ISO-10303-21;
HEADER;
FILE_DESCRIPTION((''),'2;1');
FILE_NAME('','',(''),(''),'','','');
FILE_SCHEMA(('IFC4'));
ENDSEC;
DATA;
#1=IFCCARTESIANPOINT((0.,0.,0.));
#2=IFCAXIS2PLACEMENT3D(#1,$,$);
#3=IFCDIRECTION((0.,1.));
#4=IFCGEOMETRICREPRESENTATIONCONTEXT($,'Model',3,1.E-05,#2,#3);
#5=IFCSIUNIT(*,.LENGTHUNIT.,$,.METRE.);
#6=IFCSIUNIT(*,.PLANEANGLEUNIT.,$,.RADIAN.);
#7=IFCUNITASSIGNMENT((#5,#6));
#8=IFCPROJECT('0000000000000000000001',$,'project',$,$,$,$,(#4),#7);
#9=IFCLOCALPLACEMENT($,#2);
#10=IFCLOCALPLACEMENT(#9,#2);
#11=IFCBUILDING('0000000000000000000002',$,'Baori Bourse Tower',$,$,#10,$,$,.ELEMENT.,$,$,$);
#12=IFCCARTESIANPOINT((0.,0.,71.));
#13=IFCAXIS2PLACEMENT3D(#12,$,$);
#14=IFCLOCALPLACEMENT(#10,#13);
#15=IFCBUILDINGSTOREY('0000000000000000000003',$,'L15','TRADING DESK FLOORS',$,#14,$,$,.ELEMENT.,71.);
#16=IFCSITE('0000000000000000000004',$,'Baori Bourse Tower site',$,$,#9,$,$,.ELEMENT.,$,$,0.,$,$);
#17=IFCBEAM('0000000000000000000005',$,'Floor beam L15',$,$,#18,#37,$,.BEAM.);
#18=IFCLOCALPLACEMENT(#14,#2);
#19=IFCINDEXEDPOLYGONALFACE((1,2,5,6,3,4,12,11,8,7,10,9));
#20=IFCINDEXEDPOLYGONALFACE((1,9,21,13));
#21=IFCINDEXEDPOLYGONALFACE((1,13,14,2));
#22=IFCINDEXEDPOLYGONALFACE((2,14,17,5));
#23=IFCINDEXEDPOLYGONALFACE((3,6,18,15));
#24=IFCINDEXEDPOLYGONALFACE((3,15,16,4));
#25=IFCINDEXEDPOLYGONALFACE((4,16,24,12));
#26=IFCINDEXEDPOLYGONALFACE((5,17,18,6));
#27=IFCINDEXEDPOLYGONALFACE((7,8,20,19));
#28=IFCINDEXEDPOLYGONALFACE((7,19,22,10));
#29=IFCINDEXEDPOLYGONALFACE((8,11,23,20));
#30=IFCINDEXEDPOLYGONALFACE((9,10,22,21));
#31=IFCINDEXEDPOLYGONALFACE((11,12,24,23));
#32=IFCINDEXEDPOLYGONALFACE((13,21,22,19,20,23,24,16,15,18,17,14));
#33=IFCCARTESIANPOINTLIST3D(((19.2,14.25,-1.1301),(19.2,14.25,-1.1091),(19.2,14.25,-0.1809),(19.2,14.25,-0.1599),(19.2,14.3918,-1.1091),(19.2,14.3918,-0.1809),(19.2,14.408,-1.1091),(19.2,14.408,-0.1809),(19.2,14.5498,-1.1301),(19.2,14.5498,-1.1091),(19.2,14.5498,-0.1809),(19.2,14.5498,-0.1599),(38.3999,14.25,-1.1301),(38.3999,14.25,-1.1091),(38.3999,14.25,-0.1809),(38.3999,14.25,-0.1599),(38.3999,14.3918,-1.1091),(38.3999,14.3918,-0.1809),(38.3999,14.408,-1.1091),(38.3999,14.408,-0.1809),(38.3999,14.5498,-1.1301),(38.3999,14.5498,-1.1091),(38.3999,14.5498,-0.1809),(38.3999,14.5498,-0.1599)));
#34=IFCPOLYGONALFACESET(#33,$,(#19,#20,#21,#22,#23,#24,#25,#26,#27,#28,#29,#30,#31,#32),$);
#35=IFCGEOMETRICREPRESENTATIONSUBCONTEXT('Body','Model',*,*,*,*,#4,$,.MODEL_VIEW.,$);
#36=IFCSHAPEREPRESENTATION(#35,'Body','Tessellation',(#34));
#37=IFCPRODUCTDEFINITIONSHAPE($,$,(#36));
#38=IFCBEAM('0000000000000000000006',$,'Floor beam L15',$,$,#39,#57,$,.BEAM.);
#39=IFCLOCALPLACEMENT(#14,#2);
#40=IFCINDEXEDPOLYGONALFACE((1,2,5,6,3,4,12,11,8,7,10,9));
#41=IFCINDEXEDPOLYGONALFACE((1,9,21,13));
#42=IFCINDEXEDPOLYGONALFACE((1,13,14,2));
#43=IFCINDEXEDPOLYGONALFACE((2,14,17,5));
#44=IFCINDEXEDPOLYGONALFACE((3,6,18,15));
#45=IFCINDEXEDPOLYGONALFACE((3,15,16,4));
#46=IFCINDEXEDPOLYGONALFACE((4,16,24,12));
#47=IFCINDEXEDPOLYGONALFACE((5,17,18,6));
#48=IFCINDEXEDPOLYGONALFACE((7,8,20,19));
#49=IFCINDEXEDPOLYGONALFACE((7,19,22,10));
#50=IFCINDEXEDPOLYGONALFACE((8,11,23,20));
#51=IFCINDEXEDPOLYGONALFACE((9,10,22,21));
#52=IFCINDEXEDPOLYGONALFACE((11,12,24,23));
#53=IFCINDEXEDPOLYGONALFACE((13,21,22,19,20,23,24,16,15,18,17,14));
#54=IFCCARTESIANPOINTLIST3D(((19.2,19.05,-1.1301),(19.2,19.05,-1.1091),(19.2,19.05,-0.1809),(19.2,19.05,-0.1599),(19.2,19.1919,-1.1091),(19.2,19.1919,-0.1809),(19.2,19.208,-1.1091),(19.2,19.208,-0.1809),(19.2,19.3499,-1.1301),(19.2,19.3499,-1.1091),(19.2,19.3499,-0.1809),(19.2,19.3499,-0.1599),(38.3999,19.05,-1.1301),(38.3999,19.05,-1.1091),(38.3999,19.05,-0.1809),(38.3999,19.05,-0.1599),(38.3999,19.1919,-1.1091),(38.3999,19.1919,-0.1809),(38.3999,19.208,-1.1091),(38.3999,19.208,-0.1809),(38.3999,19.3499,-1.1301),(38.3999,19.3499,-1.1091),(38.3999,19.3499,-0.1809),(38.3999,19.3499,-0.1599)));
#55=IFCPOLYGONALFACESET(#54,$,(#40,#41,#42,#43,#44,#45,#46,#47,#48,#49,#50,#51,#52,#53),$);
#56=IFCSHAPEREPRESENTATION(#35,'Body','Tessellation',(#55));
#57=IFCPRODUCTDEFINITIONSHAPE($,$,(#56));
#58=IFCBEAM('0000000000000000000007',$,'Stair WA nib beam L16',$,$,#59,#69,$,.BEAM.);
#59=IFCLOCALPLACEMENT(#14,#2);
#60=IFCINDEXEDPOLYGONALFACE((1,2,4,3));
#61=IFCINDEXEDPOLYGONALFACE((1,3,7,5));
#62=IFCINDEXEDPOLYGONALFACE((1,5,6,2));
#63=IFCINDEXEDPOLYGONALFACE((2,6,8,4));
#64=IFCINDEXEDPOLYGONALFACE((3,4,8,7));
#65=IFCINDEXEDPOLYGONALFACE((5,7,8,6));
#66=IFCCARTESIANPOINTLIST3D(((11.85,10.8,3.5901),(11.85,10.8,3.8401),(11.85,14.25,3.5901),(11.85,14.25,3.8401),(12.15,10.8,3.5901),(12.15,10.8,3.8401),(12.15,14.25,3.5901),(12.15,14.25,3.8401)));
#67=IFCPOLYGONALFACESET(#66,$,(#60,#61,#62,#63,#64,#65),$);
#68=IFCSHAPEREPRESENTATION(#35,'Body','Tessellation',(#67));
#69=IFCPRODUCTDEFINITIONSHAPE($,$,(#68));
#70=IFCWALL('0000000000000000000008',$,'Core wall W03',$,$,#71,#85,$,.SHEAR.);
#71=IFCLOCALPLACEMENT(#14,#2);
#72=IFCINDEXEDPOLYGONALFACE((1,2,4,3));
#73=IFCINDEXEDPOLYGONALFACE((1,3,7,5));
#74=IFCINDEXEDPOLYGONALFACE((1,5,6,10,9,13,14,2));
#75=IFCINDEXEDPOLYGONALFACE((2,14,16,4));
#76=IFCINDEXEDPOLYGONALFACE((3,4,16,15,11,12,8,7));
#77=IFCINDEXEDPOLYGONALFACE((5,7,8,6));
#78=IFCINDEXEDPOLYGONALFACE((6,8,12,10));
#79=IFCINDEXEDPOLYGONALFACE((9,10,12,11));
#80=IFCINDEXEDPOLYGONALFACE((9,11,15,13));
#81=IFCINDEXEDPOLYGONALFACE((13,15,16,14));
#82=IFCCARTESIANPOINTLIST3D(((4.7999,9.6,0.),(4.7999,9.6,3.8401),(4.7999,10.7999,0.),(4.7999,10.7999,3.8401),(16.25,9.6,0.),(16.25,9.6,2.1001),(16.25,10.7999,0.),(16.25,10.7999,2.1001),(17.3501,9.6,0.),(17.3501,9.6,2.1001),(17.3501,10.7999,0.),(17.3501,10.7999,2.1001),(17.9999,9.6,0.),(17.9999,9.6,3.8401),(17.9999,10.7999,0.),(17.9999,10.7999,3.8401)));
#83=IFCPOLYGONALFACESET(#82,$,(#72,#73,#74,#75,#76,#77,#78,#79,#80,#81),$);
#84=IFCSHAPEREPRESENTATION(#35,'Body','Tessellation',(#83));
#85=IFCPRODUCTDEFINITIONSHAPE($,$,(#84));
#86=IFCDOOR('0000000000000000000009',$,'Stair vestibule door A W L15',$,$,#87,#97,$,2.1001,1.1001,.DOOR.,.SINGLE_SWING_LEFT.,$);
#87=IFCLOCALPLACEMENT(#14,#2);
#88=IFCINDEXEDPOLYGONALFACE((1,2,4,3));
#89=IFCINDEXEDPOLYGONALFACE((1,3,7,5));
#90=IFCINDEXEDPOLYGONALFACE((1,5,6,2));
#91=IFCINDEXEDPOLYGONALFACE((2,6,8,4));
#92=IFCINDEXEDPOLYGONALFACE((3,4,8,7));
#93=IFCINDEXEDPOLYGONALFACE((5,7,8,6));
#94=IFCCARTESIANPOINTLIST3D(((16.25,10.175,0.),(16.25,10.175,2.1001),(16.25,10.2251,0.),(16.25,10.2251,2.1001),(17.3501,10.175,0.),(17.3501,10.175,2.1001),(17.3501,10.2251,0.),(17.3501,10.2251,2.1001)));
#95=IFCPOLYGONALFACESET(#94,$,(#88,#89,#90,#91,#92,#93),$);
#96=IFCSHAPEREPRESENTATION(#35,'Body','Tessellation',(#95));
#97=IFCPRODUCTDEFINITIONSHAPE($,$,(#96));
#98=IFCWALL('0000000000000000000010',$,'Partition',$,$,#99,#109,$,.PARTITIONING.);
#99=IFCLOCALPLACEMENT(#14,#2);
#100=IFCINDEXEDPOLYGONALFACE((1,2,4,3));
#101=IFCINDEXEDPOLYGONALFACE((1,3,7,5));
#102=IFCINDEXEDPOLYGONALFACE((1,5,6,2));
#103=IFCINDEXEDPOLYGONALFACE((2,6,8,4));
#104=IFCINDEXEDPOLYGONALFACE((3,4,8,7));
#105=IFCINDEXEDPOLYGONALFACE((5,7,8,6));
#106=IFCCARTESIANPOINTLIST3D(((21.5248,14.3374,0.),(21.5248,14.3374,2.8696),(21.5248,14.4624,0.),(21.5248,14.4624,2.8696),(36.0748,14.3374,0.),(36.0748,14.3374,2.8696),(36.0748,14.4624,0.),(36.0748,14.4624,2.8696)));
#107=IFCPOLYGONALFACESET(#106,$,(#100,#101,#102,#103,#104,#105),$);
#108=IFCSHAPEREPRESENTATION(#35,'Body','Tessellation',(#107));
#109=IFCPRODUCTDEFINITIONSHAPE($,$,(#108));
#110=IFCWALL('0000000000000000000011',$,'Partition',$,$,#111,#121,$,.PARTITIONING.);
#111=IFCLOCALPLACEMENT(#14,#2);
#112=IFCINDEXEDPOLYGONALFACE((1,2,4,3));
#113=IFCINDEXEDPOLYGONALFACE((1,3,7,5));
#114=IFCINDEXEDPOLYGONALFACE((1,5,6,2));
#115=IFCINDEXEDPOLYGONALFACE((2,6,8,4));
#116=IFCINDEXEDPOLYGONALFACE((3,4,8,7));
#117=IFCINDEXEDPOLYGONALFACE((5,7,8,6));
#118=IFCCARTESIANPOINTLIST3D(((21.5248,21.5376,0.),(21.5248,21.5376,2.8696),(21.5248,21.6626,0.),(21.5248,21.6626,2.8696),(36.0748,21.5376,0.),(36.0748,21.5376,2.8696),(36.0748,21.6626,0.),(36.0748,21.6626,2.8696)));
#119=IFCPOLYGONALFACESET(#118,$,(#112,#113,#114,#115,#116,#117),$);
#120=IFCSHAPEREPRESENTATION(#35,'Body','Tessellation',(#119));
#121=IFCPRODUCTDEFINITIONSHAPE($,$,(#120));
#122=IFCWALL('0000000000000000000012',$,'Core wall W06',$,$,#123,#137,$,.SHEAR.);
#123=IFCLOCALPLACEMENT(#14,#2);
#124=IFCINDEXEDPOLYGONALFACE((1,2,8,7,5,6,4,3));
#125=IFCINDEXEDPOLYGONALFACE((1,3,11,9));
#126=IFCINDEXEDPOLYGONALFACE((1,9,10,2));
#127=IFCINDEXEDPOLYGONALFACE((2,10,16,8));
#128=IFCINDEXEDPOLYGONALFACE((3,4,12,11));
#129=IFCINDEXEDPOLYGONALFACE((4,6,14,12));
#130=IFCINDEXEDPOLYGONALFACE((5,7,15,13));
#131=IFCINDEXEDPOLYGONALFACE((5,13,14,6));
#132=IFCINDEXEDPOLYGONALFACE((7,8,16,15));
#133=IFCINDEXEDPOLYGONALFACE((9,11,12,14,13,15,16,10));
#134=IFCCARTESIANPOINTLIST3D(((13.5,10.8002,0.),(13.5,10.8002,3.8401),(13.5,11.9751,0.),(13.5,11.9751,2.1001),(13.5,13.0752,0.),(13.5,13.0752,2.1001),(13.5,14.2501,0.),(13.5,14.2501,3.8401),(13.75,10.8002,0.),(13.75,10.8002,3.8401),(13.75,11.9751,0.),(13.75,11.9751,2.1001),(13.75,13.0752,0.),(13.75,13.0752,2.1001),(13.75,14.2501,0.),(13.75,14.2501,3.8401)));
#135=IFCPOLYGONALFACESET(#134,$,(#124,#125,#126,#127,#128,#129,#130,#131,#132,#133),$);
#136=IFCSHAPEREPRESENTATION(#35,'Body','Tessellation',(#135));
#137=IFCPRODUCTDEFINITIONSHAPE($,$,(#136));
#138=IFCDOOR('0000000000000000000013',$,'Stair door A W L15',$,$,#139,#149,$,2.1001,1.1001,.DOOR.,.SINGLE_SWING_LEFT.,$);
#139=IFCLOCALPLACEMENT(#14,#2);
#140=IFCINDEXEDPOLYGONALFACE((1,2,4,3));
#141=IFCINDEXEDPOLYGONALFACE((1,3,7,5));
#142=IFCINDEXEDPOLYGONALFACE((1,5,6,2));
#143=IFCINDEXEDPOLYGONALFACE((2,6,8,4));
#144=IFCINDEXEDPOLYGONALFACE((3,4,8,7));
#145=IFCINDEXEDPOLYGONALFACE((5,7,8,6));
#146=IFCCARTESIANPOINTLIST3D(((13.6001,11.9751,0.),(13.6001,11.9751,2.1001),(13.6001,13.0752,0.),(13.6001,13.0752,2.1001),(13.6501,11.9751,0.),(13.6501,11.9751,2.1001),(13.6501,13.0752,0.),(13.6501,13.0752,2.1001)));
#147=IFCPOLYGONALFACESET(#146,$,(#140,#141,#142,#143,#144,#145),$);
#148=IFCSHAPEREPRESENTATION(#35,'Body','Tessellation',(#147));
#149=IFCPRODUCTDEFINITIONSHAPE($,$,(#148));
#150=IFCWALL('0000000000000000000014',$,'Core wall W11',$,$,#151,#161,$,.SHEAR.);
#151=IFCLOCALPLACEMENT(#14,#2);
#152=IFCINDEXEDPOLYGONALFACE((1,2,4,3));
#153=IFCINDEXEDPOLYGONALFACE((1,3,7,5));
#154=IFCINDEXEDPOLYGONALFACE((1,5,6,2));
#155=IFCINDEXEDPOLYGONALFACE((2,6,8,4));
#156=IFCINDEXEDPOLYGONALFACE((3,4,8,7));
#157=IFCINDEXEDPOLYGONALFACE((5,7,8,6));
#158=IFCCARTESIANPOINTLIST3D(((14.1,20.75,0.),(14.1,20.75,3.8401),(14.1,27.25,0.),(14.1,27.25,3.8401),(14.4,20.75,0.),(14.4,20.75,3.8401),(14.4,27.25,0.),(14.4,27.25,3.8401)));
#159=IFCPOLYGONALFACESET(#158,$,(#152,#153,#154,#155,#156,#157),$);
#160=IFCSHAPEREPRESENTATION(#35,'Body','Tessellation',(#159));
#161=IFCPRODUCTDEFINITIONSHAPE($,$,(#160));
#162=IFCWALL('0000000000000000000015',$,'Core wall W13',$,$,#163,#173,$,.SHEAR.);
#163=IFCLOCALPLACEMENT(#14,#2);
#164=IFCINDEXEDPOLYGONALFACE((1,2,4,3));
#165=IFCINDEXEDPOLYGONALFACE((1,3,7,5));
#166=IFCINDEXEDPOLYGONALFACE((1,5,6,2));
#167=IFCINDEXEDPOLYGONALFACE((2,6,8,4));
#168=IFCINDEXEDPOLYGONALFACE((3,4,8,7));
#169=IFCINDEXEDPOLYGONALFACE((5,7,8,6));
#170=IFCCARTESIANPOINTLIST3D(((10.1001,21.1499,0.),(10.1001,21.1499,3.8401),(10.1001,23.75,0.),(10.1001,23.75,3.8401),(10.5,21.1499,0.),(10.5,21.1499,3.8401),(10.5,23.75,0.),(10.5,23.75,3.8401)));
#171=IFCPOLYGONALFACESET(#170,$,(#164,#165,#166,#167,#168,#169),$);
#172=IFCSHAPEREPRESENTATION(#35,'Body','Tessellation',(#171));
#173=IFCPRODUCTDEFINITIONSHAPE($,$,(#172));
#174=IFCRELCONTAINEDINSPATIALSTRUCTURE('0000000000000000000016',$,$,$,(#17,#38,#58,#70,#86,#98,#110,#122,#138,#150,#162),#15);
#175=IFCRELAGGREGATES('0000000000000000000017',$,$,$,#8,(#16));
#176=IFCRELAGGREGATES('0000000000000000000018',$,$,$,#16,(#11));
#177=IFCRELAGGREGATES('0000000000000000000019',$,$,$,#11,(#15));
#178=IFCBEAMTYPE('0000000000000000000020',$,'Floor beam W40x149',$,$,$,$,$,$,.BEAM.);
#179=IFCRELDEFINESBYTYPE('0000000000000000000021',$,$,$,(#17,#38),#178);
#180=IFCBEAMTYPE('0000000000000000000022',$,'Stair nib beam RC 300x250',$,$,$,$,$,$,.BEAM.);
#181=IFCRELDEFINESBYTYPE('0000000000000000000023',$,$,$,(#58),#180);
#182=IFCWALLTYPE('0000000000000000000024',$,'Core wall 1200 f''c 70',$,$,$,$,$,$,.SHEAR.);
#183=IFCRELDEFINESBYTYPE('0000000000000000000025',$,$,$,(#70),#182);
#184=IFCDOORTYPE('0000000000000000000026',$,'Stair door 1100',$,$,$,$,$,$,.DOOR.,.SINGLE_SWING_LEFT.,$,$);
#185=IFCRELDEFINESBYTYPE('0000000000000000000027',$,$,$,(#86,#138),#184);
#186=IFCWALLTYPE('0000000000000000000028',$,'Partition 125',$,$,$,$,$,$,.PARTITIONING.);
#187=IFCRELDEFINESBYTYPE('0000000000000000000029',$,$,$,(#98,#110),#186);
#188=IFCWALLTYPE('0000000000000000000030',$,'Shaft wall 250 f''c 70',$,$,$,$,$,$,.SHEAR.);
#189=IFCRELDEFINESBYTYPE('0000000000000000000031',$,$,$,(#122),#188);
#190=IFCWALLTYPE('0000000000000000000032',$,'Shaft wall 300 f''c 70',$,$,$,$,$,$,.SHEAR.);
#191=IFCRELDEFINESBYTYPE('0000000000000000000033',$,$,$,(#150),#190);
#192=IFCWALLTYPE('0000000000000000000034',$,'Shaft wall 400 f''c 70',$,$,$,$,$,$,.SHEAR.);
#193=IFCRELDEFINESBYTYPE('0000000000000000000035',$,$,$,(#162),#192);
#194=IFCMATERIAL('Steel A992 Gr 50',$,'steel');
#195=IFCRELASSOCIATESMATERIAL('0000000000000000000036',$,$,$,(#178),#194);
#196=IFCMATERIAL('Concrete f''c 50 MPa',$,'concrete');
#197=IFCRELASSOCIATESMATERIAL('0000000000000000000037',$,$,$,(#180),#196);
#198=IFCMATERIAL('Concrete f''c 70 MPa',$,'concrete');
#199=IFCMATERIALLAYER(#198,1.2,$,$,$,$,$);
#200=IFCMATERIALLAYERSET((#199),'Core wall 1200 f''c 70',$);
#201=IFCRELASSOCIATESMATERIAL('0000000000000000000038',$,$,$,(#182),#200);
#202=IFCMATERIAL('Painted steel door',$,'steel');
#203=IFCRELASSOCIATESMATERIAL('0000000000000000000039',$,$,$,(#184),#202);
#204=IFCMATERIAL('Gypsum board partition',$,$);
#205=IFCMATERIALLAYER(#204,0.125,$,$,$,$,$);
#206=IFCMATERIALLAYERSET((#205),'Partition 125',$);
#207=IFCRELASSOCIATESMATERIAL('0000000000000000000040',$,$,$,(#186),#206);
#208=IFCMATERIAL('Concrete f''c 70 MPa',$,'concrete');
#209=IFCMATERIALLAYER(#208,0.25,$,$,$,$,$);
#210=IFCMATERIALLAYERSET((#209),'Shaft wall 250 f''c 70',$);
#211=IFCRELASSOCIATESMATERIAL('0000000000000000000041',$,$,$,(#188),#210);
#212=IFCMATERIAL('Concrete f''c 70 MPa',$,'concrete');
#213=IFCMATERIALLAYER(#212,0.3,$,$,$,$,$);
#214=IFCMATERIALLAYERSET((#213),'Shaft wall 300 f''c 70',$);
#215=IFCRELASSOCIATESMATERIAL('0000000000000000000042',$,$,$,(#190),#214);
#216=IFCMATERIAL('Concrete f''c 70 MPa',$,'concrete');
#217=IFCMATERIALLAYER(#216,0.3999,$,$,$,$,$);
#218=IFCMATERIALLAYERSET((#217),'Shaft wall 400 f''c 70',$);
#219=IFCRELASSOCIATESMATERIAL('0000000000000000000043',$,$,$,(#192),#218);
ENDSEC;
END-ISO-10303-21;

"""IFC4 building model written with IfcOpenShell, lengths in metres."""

from ifc_helpers import new_model, si_unit, direction, frame, frame_2d, origin, origin_2d, place, context, subcontext, project, spatial, rectangle, i_section, extrude, material, layer, layer_set, material_profile, profile_set, type_object, element, fill, save


model = new_model("IFC4")

# Units and contexts
model_context = context("Model", 3, precision=1e-05, world=origin(), true_north=direction((0.0, 1.0)))
body_context = subcontext(model_context, "Body", "Model", "MODEL_VIEW")
ifc_project = project(units=[si_unit("LENGTHUNIT", "METRE"), si_unit("PLANEANGLEUNIT", "RADIAN")], contexts=[model_context])

# Site, building, storey
site_placement = place(None, origin())
site = spatial("IfcSite", under=ifc_project, at=site_placement, Name="Baori Bourse Tower site", CompositionType="ELEMENT", RefElevation=0.0)
building_placement = place(site_placement, origin())
building = spatial("IfcBuilding", under=site, at=building_placement, Name="Baori Bourse Tower", CompositionType="ELEMENT")
storey_placement = place(building_placement, frame((0.0, 0.0, 71.0)))
storey = spatial("IfcBuildingStorey", under=building, at=storey_placement, Name="L15", Description="TRADING DESK FLOORS", CompositionType="ELEMENT", Elevation=71.0)

# Beams
ifc_material_1 = material(Name="Steel A992 Gr 50", Category="steel")
ifc_material_profile_1 = material_profile(ifc_material_1, i_section(OverallWidth=0.2998, OverallDepth=0.9702, WebThickness=0.0161, FlangeThickness=0.021, at=origin_2d()), Name="W40x149")
ifc_profile_set_1 = profile_set([ifc_material_profile_1], Name="Steel A992 Gr 50")
beam_type_1 = type_object("IfcBeamType", Name="Floor beam W40x149", PredefinedType="BEAM", material=ifc_profile_set_1)
for number, where, z_axis, x_axis, name in (
    (1, (19.2, 14.3999, -0.645), (1.0, 0.0, 0.0), (0.0, 1.0, 0.0), "Floor beam L15"),
    (2, (19.2, 19.2, -0.645), (1.0, 0.0, 0.0), (0.0, 1.0, 0.0), "Floor beam L15"),
):
    element("IfcBeam", number, at=place(storey_placement, frame(where, z_axis=z_axis, x_axis=x_axis)), inside=storey, type_object=beam_type_1, Name=name, PredefinedType="BEAM", context=body_context, shape_type="SweptSolid", body=[
        extrude(i_section(OverallWidth=0.2998, OverallDepth=0.9702, WebThickness=0.0161, FlangeThickness=0.021, at=origin_2d()), origin(), (0.0, 0.0, 1.0), 19.2),
    ])
ifc_material_2 = material(Name="Concrete f'c 50 MPa", Category="concrete")
ifc_material_profile_2 = material_profile(ifc_material_2, rectangle(XDim=0.3, YDim=0.25, at=origin_2d()), Name="RC 300x250")
ifc_profile_set_2 = profile_set([ifc_material_profile_2], Name="Concrete f'c 50 MPa")
beam_type_2 = type_object("IfcBeamType", Name="Stair nib beam RC 300x250", PredefinedType="BEAM", material=ifc_profile_set_2)
beam_placement = place(storey_placement, frame((12.0, 10.8, 3.7151), z_axis=(0.0, 1.0, 0.0), x_axis=(-1.0, 0.0, 0.0)))
element("IfcBeam", 3, at=beam_placement, inside=storey, type_object=beam_type_2, Name="Stair WA nib beam L16", PredefinedType="BEAM", context=body_context, shape_type="SweptSolid", body=[
    extrude(rectangle(XDim=0.3, YDim=0.25, at=origin_2d()), origin(), (0.0, 0.0, 1.0), 3.45),
])

# Wall, opening, door
ifc_material_3 = material(Name="Concrete f'c 70 MPa", Category="concrete")
ifc_layer_1 = layer(ifc_material_3, 1.2)
ifc_layer_set_1 = layer_set([ifc_layer_1], Name="Core wall 1200 f'c 70")
wall_type_1 = type_object("IfcWallType", Name="Core wall 1200 f'c 70", PredefinedType="SHEAR", material=ifc_layer_set_1)
wall_1_placement = place(storey_placement, frame((18.0, 10.2, 0.0), z_axis=(0.0, 0.0, 1.0), x_axis=(-1.0, 0.0, 0.0)))
wall_1 = element("IfcWall", 4, at=wall_1_placement, inside=storey, type_object=wall_type_1, Name="Core wall W03", PredefinedType="SHEAR", context=body_context, shape_type="SweptSolid", body=[
    extrude(rectangle(XDim=13.2, YDim=1.2, at=frame_2d((6.6001, 0.0))), origin(), (0.0, 0.0, 1.0), 3.8401),
])
opening_1_placement = place(wall_1_placement, frame((0.6499, 0.0, 0.0)))
opening_1 = element("IfcOpeningElement", 5, at=opening_1_placement, cuts=wall_1, PredefinedType="OPENING", context=body_context, shape_type="SweptSolid", body=[
    extrude(rectangle(XDim=1.1001, YDim=2.1001, at=frame_2d((0.55, 1.05))), frame((0.0, 0.6099, 0.0), z_axis=(0.0, -1.0, 0.0), x_axis=(1.0, 0.0, 0.0)), (0.0, 0.0, 1.0), 1.22),
])
ifc_material_4 = material(Name="Painted steel door", Category="steel")
door_type = type_object("IfcDoorType", Name="Stair door 1100", OperationType="SINGLE_SWING_LEFT", PredefinedType="DOOR", material=ifc_material_4)
door_1_placement = place(opening_1_placement, origin())
door_1 = element("IfcDoor", 6, at=door_1_placement, inside=storey, type_object=door_type, Name="Stair vestibule door A W L15", OperationType="SINGLE_SWING_LEFT", OverallHeight=2.1001, OverallWidth=1.1001, PredefinedType="DOOR", context=body_context, shape_type="SweptSolid", body=[
    extrude(rectangle(XDim=1.1001, YDim=2.1001, at=frame_2d((0.55, 1.05))), frame((0.0, 0.0249, 0.0), z_axis=(0.0, -1.0, 0.0), x_axis=(1.0, 0.0, 0.0)), (0.0, 0.0, 1.0), 0.05),
])
fill(opening_1, door_1)

# Walls
ifc_material_5 = material(Name="Gypsum board partition")
ifc_layer_2 = layer(ifc_material_5, 0.125)
ifc_layer_set_2 = layer_set([ifc_layer_2], Name="Partition 125")
wall_type_2 = type_object("IfcWallType", Name="Partition 125", PredefinedType="PARTITIONING", material=ifc_layer_set_2)
for number, where, z_axis, x_axis, name in (
    (7, (21.5249, 14.3999, 0.0), (0.0, 0.0, 1.0), (1.0, 0.0, 0.0), "Partition"),
    (8, (21.5249, 21.6001, 0.0), (0.0, 0.0, 1.0), (1.0, 0.0, 0.0), "Partition"),
):
    element("IfcWall", number, at=place(storey_placement, frame(where, z_axis=z_axis, x_axis=x_axis)), inside=storey, type_object=wall_type_2, Name=name, PredefinedType="PARTITIONING", context=body_context, shape_type="SweptSolid", body=[
        extrude(rectangle(XDim=14.55, YDim=0.125, at=frame_2d((7.2749, 0.0))), origin(), (0.0, 0.0, 1.0), 2.8696),
    ])

# Wall, opening, door
ifc_material_6 = material(Name="Concrete f'c 70 MPa", Category="concrete")
ifc_layer_3 = layer(ifc_material_6, 0.25)
ifc_layer_set_3 = layer_set([ifc_layer_3], Name="Shaft wall 250 f'c 70")
wall_type_3 = type_object("IfcWallType", Name="Shaft wall 250 f'c 70", PredefinedType="SHEAR", material=ifc_layer_set_3)
wall_2_placement = place(storey_placement, frame((13.625, 10.8, 0.0), z_axis=(0.0, 0.0, 1.0), x_axis=(0.0, 1.0, 0.0)))
wall_2 = element("IfcWall", 9, at=wall_2_placement, inside=storey, type_object=wall_type_3, Name="Core wall W06", PredefinedType="SHEAR", context=body_context, shape_type="SweptSolid", body=[
    extrude(rectangle(XDim=3.45, YDim=0.25, at=frame_2d((1.7251, 0.0))), origin(), (0.0, 0.0, 1.0), 3.8401),
])
opening_2_placement = place(wall_2_placement, frame((1.175, 0.0, 0.0)))
opening_2 = element("IfcOpeningElement", 10, at=opening_2_placement, cuts=wall_2, PredefinedType="OPENING", context=body_context, shape_type="SweptSolid", body=[
    extrude(rectangle(XDim=1.1001, YDim=2.1001, at=frame_2d((0.55, 1.05))), frame((0.0, 0.135, 0.0), z_axis=(0.0, -1.0, 0.0), x_axis=(1.0, 0.0, 0.0)), (0.0, 0.0, 1.0), 0.27),
])
door_2_placement = place(opening_2_placement, origin())
door_2 = element("IfcDoor", 11, at=door_2_placement, inside=storey, type_object=door_type, Name="Stair door A W L15", OperationType="SINGLE_SWING_LEFT", OverallHeight=2.1001, OverallWidth=1.1001, PredefinedType="DOOR", context=body_context, shape_type="SweptSolid", body=[
    extrude(rectangle(XDim=1.1001, YDim=2.1001, at=frame_2d((0.55, 1.05))), frame((0.0, 0.0249, 0.0), z_axis=(0.0, -1.0, 0.0), x_axis=(1.0, 0.0, 0.0)), (0.0, 0.0, 1.0), 0.05),
])
fill(opening_2, door_2)

# Walls
ifc_material_7 = material(Name="Concrete f'c 70 MPa", Category="concrete")
ifc_layer_4 = layer(ifc_material_7, 0.3)
ifc_layer_set_4 = layer_set([ifc_layer_4], Name="Shaft wall 300 f'c 70")
wall_type_4 = type_object("IfcWallType", Name="Shaft wall 300 f'c 70", PredefinedType="SHEAR", material=ifc_layer_set_4)
wall_3_placement = place(storey_placement, frame((14.25, 20.75, 0.0), z_axis=(0.0, 0.0, 1.0), x_axis=(0.0, 1.0, 0.0)))
element("IfcWall", 12, at=wall_3_placement, inside=storey, type_object=wall_type_4, Name="Core wall W11", PredefinedType="SHEAR", context=body_context, shape_type="SweptSolid", body=[
    extrude(rectangle(XDim=6.5, YDim=0.3, at=frame_2d((3.25, 0.0))), origin(), (0.0, 0.0, 1.0), 3.8401),
])
ifc_material_8 = material(Name="Concrete f'c 70 MPa", Category="concrete")
ifc_layer_5 = layer(ifc_material_8, 0.3999)
ifc_layer_set_5 = layer_set([ifc_layer_5], Name="Shaft wall 400 f'c 70")
wall_type_5 = type_object("IfcWallType", Name="Shaft wall 400 f'c 70", PredefinedType="SHEAR", material=ifc_layer_set_5)
wall_4_placement = place(storey_placement, frame((10.3, 21.1499, 0.0), z_axis=(0.0, 0.0, 1.0), x_axis=(0.0, 1.0, 0.0)))
element("IfcWall", 13, at=wall_4_placement, inside=storey, type_object=wall_type_5, Name="Core wall W13", PredefinedType="SHEAR", context=body_context, shape_type="SweptSolid", body=[
    extrude(rectangle(XDim=2.6001, YDim=0.3999, at=frame_2d((1.3, 0.0))), origin(), (0.0, 0.0, 1.0), 3.8401),
])

save(model, "model.ifc")
